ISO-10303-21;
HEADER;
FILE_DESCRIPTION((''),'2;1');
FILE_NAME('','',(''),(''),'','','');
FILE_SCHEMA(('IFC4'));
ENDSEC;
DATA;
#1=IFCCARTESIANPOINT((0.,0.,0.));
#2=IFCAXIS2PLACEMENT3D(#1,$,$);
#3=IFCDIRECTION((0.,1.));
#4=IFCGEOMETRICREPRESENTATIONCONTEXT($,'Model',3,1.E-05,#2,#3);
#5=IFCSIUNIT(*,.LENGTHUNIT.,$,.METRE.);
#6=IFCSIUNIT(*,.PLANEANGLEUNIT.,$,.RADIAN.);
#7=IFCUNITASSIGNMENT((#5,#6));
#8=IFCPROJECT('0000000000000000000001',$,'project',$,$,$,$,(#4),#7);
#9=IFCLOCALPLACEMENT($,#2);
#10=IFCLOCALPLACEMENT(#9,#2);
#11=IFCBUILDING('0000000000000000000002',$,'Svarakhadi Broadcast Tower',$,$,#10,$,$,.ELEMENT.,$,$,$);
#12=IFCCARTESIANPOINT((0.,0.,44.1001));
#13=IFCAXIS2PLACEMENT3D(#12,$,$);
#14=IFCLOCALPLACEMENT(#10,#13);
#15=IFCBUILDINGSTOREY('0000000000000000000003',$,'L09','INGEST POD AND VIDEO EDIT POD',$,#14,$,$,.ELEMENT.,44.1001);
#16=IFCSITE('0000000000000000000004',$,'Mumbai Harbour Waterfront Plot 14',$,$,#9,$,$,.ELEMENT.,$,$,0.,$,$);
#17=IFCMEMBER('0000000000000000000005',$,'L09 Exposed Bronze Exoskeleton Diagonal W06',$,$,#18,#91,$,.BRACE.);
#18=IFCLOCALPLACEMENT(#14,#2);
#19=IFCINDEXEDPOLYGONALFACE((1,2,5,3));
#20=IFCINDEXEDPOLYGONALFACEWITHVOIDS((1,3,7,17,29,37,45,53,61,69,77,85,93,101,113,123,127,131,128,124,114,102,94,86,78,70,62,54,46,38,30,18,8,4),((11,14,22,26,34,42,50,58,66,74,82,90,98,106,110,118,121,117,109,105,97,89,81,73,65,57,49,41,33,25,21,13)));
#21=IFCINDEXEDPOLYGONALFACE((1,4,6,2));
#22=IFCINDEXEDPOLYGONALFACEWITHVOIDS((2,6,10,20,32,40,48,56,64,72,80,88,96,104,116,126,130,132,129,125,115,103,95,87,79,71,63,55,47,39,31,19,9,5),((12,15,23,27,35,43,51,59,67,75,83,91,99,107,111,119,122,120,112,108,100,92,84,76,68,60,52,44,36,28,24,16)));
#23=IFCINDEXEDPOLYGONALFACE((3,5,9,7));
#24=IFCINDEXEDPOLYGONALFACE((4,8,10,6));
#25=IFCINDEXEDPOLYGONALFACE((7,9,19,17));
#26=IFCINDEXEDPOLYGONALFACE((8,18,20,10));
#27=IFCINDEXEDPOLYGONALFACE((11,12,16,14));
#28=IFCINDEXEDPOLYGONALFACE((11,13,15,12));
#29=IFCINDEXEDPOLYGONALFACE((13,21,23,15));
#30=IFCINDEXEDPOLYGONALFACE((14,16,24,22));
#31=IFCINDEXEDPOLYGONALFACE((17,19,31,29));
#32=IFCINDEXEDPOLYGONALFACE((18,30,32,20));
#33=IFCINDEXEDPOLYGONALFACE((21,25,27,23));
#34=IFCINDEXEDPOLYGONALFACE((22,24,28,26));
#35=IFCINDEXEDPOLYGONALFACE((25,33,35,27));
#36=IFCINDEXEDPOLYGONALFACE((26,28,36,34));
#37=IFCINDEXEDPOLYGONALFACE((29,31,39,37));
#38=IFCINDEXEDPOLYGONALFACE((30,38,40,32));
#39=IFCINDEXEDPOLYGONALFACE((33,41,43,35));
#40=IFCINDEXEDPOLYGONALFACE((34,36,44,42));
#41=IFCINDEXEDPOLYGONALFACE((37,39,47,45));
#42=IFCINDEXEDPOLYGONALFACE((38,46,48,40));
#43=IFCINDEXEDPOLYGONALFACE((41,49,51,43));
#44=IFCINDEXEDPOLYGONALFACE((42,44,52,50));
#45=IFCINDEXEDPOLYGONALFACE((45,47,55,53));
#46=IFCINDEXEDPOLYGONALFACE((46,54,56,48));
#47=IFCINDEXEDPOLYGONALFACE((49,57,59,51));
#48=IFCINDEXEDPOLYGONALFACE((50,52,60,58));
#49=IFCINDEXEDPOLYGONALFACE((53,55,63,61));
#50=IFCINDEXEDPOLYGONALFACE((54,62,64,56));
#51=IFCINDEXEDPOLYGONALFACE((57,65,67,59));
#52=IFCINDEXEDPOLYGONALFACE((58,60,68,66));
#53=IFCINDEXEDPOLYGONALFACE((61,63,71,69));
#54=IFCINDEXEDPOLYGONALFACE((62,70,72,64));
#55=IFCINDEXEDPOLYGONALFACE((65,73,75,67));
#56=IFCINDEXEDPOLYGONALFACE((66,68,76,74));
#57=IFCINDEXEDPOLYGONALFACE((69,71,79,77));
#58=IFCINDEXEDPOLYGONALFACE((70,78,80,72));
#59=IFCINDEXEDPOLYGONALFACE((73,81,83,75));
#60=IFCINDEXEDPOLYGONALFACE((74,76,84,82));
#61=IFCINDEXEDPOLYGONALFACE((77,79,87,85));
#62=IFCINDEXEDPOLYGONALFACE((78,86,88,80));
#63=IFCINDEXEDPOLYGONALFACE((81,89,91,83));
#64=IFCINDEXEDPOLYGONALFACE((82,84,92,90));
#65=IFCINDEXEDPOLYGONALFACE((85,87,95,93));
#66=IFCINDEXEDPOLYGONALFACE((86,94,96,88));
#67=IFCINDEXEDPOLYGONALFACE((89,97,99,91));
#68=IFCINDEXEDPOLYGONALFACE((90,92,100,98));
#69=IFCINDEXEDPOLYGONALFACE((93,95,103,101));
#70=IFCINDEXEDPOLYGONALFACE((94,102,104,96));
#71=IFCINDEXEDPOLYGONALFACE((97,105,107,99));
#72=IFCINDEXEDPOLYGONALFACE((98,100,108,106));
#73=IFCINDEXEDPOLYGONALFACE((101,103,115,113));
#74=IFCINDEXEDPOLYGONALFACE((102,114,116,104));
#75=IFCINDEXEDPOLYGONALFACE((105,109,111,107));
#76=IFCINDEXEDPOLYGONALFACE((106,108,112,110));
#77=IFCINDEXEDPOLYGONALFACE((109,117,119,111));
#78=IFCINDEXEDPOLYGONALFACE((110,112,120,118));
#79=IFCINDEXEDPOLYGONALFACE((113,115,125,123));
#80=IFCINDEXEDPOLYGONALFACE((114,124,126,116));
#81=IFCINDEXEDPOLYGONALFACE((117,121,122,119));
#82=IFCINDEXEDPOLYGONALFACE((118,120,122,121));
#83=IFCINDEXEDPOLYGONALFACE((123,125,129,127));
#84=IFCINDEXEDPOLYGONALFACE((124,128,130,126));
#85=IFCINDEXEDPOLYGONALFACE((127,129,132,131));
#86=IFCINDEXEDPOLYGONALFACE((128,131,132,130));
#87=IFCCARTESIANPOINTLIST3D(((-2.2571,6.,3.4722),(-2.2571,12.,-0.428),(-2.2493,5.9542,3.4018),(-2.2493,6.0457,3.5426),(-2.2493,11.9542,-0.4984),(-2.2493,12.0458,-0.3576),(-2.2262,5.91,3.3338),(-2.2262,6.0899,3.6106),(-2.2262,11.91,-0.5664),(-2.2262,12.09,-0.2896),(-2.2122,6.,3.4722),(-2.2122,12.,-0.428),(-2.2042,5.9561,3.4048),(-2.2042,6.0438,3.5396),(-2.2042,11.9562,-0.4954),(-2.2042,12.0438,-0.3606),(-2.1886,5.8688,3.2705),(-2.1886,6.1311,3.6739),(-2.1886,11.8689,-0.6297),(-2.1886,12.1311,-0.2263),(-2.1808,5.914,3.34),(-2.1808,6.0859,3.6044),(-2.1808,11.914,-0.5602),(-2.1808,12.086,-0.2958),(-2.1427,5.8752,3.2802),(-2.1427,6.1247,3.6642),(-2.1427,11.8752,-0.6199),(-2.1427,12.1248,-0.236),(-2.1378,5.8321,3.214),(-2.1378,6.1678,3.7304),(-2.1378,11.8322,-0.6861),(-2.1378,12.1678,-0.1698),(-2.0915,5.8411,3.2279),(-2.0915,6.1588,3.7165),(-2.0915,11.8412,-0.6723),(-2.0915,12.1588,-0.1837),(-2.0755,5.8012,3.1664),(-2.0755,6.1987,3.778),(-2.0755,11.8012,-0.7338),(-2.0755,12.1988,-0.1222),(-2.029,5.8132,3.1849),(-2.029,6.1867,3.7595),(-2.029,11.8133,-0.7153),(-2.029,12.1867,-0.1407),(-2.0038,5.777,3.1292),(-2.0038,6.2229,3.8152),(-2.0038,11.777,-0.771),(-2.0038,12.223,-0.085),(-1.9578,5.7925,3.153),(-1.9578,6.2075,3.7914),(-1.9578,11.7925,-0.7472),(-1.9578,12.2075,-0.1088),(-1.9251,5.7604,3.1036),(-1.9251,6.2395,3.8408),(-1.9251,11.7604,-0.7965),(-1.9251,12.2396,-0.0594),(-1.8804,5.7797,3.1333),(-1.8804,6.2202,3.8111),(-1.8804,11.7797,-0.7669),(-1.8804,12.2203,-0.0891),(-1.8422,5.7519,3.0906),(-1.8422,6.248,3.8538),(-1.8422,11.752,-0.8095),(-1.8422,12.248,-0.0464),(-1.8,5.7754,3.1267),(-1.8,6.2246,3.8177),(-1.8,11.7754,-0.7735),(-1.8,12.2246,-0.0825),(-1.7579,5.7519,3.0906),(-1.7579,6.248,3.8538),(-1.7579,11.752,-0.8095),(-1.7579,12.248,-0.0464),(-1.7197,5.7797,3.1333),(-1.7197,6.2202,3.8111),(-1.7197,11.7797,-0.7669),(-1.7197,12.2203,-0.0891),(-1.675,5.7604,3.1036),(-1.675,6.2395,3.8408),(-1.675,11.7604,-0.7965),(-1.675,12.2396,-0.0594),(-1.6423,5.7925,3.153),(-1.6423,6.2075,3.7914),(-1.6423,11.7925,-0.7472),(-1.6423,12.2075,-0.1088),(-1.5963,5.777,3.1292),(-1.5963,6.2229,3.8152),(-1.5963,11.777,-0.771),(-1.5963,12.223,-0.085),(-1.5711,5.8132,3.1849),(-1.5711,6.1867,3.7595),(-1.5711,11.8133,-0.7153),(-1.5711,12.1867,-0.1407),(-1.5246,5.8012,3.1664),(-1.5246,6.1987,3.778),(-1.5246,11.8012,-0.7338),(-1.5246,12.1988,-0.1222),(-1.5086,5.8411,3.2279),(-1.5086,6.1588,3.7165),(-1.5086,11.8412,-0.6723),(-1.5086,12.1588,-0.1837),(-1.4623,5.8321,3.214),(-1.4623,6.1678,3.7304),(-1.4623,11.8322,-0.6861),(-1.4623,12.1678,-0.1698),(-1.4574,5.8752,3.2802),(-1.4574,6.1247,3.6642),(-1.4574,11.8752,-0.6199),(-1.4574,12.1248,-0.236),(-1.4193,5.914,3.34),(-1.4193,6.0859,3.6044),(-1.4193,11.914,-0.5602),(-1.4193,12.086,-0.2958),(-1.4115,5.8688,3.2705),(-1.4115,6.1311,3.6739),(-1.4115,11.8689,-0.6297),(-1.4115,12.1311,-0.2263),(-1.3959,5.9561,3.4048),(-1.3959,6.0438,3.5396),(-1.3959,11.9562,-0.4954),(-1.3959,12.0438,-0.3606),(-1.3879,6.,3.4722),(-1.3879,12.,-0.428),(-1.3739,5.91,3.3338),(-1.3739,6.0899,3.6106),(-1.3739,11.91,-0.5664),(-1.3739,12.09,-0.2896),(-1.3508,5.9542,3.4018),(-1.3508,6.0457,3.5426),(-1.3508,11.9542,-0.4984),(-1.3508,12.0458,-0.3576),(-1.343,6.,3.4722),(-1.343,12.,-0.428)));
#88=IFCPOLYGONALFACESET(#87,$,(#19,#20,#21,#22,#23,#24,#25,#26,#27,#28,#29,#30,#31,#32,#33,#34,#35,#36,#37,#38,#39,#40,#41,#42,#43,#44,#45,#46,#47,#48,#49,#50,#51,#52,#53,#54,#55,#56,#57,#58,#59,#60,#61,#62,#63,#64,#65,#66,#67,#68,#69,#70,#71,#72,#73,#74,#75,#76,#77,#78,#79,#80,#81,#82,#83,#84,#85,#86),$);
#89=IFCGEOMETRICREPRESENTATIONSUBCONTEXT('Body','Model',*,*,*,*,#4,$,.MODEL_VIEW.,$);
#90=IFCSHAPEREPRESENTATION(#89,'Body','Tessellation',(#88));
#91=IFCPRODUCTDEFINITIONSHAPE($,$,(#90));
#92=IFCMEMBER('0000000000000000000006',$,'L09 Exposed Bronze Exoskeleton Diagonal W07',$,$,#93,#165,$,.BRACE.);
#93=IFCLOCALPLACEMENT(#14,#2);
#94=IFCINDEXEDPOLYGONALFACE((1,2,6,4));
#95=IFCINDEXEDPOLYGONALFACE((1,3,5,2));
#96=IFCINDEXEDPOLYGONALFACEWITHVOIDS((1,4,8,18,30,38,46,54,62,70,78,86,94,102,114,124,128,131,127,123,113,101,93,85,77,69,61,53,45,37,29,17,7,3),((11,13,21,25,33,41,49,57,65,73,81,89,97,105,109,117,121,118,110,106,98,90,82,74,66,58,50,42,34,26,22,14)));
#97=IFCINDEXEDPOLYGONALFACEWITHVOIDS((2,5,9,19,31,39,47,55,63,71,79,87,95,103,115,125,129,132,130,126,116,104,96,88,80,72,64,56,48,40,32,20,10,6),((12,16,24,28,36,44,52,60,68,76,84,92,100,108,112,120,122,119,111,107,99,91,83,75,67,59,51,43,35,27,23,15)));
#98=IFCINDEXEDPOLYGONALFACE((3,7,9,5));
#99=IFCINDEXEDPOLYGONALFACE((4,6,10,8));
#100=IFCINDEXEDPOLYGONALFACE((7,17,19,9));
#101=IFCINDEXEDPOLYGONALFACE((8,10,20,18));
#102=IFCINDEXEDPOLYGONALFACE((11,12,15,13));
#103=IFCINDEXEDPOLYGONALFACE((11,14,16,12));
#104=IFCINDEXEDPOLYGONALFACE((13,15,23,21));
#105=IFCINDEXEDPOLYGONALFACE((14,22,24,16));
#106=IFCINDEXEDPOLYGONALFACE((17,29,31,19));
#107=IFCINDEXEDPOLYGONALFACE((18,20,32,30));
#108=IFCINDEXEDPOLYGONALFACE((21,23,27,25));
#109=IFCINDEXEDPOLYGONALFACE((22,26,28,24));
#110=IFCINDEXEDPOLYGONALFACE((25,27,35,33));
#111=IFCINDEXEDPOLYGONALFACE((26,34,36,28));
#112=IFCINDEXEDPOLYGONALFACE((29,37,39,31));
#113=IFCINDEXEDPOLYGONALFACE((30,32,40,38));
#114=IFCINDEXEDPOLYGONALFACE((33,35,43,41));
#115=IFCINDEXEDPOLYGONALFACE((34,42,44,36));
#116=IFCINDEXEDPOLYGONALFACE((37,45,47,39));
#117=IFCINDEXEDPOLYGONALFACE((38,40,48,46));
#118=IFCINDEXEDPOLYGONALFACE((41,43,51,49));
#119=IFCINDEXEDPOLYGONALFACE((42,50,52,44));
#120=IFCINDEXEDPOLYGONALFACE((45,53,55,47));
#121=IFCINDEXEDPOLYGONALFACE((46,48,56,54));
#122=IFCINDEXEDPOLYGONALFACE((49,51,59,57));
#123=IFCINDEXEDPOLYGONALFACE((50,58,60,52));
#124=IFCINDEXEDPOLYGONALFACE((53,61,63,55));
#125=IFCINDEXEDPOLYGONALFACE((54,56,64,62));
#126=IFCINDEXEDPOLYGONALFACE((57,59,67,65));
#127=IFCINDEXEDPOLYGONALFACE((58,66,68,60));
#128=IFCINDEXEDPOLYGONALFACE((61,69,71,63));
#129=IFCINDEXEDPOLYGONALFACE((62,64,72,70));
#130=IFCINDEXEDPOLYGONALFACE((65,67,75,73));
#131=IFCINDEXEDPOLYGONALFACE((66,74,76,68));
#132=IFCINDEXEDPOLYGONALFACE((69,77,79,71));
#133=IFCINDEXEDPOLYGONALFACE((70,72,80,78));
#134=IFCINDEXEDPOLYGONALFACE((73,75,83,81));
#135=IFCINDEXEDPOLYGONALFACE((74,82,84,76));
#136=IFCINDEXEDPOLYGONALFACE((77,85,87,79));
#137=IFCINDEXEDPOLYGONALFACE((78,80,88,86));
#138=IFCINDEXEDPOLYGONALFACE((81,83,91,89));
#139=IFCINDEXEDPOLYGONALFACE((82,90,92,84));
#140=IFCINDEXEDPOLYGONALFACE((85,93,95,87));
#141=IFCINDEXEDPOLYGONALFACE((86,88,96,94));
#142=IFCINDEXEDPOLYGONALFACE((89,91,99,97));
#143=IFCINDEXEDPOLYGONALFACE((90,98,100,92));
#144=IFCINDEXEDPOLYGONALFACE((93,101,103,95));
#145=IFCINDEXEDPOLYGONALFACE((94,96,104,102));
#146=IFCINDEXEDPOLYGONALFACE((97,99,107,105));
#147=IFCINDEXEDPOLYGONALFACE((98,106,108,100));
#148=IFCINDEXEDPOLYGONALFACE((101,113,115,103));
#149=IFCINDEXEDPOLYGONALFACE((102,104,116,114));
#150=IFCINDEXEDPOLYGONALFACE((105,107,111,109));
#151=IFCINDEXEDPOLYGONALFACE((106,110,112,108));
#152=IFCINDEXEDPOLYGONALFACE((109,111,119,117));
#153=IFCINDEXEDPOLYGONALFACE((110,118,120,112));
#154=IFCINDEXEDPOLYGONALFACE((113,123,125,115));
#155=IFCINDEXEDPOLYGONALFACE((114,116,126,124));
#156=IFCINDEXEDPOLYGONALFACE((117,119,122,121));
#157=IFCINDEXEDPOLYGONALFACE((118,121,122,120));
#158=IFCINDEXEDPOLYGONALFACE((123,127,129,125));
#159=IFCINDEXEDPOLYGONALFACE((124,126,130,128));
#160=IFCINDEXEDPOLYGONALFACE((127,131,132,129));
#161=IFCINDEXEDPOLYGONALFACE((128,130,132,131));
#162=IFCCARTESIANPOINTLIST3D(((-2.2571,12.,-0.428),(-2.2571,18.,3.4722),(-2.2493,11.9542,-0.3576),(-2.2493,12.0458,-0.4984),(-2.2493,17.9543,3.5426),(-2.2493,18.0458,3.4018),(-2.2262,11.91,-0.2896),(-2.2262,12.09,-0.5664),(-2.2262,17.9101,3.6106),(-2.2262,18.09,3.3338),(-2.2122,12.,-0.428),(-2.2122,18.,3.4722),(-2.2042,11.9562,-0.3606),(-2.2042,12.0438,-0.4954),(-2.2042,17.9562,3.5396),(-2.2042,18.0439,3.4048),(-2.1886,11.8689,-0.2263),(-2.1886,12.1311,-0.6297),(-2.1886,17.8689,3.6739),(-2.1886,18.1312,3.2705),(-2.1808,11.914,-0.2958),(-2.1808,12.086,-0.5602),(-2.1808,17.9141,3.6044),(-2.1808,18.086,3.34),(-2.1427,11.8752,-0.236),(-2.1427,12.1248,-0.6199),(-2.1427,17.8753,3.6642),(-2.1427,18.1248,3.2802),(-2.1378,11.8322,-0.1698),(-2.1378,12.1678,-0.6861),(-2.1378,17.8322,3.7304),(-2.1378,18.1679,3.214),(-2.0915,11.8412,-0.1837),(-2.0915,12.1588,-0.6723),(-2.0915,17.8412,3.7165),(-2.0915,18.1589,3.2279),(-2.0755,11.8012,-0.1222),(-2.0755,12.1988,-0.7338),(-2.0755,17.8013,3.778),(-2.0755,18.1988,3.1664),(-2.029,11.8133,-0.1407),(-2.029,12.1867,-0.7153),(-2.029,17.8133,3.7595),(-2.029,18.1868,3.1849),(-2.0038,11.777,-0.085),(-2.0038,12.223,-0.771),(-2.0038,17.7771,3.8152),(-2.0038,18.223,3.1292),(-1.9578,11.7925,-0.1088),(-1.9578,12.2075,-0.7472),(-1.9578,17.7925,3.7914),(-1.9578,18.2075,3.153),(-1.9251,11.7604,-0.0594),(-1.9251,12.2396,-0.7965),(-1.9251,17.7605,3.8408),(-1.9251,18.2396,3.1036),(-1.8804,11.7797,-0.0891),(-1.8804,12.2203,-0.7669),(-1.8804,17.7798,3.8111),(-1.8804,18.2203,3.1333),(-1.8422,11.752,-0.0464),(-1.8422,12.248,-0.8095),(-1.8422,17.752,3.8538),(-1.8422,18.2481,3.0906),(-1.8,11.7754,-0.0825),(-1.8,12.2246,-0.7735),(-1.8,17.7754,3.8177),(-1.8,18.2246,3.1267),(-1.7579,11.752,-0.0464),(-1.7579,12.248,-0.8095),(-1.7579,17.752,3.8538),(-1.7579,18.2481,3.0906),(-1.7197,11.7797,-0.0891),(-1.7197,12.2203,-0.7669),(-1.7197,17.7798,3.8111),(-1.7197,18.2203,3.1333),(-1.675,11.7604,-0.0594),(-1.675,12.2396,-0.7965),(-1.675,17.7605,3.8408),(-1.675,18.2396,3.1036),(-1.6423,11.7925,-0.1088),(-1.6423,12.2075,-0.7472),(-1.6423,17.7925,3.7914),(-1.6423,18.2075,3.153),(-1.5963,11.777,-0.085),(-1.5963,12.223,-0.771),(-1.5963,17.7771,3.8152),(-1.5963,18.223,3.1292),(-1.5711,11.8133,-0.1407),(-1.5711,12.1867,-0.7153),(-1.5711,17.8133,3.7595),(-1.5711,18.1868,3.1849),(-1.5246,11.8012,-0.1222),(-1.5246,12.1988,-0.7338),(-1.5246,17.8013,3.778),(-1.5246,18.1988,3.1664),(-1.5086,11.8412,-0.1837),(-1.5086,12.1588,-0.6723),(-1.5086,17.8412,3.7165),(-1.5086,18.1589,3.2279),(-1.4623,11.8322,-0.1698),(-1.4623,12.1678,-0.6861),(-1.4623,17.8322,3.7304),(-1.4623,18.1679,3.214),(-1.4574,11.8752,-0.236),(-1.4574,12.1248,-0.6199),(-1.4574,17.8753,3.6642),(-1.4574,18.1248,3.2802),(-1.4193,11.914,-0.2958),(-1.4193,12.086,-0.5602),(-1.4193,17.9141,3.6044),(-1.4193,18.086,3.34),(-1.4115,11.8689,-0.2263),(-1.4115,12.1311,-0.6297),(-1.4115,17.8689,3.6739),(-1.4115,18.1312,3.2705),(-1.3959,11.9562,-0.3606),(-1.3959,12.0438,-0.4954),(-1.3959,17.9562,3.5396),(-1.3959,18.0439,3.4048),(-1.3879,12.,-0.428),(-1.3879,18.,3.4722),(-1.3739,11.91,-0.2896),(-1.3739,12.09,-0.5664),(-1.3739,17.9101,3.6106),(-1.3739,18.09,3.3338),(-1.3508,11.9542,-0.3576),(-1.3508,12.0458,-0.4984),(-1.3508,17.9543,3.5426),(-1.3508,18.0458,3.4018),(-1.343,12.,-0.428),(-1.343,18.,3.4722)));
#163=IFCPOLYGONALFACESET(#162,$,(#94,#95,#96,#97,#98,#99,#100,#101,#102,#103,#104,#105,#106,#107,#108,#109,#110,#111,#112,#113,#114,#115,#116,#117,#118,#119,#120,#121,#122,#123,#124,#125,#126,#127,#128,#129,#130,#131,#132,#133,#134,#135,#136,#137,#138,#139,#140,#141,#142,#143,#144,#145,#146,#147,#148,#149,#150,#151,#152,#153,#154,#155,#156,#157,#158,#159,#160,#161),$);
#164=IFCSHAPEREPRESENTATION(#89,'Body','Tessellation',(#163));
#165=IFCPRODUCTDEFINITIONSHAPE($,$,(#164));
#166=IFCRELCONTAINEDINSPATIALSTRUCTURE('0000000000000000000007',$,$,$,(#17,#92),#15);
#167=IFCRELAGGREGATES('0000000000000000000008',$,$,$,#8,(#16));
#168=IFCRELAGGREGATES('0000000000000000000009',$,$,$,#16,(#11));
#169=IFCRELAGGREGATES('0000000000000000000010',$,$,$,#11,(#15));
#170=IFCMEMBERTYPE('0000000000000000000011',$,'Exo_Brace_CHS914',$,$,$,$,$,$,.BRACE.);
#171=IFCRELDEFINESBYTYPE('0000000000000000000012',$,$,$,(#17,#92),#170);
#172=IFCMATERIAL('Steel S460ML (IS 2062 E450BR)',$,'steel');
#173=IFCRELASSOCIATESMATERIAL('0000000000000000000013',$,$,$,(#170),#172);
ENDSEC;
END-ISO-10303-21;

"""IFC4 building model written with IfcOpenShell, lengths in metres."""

from ifc_helpers import new_model, si_unit, direction, frame, origin, origin_2d, place, context, subcontext, project, spatial, hollow_circle, extrude, material, material_profile, profile_set, type_object, element, save


model = new_model("IFC4")

# Units and contexts
model_context = context("Model", 3, precision=1e-05, world=origin(), true_north=direction((0.0, 1.0)))
body_context = subcontext(model_context, "Body", "Model", "MODEL_VIEW")
ifc_project = project(units=[si_unit("LENGTHUNIT", "METRE"), si_unit("PLANEANGLEUNIT", "RADIAN")], contexts=[model_context])

# Site, building, storey
site_placement = place(None, origin())
site = spatial("IfcSite", under=ifc_project, at=site_placement, Name="Mumbai Harbour Waterfront Plot 14", CompositionType="ELEMENT", RefElevation=0.0)
building_placement = place(site_placement, origin())
building = spatial("IfcBuilding", under=site, at=building_placement, Name="Svarakhadi Broadcast Tower", CompositionType="ELEMENT")
storey_placement = place(building_placement, frame((0.0, 0.0, 44.1001)))
storey = spatial("IfcBuildingStorey", under=building, at=storey_placement, Name="L09", Description="INGEST POD AND VIDEO EDIT POD", CompositionType="ELEMENT", Elevation=44.1001)

# Shared definitions
ifc_material_1 = material(Name="Steel S460ML (IS 2062 E450BR)", Category="steel")

# Members
ifc_material_profile_1 = material_profile(ifc_material_1, hollow_circle(Radius=0.457, WallThickness=0.0449, at=origin_2d()), Name="CHS 914x45")
ifc_profile_set_1 = profile_set([ifc_material_profile_1], Name="Steel S460ML (IS 2062 E450BR)")
member_type_1 = type_object("IfcMemberType", Name="Exo_Brace_CHS914", PredefinedType="BRACE", material=ifc_profile_set_1)
for number, where, z_axis, x_axis, name in (
    (1, (-1.8, 12.0, -0.428), (0.0, -0.838434, 0.545003), (1.0, 0.0, 0.0), "L09 Exposed Bronze Exoskeleton Diagonal W06"),
    (2, (-1.8, 12.0, -0.428), (0.0, 0.838434, 0.545003), (-1.0, 0.0, 0.0), "L09 Exposed Bronze Exoskeleton Diagonal W07"),
):
    element("IfcMember", number, at=place(storey_placement, frame(where, z_axis=z_axis, x_axis=x_axis)), inside=storey, type_object=member_type_1, Name=name, PredefinedType="BRACE", context=body_context, shape_type="SweptSolid", body=[
        extrude(hollow_circle(Radius=0.457, WallThickness=0.0449, at=origin_2d()), origin(), (0.0, 0.0, 1.0), 7.1562),
    ])

save(model, "model.ifc")
